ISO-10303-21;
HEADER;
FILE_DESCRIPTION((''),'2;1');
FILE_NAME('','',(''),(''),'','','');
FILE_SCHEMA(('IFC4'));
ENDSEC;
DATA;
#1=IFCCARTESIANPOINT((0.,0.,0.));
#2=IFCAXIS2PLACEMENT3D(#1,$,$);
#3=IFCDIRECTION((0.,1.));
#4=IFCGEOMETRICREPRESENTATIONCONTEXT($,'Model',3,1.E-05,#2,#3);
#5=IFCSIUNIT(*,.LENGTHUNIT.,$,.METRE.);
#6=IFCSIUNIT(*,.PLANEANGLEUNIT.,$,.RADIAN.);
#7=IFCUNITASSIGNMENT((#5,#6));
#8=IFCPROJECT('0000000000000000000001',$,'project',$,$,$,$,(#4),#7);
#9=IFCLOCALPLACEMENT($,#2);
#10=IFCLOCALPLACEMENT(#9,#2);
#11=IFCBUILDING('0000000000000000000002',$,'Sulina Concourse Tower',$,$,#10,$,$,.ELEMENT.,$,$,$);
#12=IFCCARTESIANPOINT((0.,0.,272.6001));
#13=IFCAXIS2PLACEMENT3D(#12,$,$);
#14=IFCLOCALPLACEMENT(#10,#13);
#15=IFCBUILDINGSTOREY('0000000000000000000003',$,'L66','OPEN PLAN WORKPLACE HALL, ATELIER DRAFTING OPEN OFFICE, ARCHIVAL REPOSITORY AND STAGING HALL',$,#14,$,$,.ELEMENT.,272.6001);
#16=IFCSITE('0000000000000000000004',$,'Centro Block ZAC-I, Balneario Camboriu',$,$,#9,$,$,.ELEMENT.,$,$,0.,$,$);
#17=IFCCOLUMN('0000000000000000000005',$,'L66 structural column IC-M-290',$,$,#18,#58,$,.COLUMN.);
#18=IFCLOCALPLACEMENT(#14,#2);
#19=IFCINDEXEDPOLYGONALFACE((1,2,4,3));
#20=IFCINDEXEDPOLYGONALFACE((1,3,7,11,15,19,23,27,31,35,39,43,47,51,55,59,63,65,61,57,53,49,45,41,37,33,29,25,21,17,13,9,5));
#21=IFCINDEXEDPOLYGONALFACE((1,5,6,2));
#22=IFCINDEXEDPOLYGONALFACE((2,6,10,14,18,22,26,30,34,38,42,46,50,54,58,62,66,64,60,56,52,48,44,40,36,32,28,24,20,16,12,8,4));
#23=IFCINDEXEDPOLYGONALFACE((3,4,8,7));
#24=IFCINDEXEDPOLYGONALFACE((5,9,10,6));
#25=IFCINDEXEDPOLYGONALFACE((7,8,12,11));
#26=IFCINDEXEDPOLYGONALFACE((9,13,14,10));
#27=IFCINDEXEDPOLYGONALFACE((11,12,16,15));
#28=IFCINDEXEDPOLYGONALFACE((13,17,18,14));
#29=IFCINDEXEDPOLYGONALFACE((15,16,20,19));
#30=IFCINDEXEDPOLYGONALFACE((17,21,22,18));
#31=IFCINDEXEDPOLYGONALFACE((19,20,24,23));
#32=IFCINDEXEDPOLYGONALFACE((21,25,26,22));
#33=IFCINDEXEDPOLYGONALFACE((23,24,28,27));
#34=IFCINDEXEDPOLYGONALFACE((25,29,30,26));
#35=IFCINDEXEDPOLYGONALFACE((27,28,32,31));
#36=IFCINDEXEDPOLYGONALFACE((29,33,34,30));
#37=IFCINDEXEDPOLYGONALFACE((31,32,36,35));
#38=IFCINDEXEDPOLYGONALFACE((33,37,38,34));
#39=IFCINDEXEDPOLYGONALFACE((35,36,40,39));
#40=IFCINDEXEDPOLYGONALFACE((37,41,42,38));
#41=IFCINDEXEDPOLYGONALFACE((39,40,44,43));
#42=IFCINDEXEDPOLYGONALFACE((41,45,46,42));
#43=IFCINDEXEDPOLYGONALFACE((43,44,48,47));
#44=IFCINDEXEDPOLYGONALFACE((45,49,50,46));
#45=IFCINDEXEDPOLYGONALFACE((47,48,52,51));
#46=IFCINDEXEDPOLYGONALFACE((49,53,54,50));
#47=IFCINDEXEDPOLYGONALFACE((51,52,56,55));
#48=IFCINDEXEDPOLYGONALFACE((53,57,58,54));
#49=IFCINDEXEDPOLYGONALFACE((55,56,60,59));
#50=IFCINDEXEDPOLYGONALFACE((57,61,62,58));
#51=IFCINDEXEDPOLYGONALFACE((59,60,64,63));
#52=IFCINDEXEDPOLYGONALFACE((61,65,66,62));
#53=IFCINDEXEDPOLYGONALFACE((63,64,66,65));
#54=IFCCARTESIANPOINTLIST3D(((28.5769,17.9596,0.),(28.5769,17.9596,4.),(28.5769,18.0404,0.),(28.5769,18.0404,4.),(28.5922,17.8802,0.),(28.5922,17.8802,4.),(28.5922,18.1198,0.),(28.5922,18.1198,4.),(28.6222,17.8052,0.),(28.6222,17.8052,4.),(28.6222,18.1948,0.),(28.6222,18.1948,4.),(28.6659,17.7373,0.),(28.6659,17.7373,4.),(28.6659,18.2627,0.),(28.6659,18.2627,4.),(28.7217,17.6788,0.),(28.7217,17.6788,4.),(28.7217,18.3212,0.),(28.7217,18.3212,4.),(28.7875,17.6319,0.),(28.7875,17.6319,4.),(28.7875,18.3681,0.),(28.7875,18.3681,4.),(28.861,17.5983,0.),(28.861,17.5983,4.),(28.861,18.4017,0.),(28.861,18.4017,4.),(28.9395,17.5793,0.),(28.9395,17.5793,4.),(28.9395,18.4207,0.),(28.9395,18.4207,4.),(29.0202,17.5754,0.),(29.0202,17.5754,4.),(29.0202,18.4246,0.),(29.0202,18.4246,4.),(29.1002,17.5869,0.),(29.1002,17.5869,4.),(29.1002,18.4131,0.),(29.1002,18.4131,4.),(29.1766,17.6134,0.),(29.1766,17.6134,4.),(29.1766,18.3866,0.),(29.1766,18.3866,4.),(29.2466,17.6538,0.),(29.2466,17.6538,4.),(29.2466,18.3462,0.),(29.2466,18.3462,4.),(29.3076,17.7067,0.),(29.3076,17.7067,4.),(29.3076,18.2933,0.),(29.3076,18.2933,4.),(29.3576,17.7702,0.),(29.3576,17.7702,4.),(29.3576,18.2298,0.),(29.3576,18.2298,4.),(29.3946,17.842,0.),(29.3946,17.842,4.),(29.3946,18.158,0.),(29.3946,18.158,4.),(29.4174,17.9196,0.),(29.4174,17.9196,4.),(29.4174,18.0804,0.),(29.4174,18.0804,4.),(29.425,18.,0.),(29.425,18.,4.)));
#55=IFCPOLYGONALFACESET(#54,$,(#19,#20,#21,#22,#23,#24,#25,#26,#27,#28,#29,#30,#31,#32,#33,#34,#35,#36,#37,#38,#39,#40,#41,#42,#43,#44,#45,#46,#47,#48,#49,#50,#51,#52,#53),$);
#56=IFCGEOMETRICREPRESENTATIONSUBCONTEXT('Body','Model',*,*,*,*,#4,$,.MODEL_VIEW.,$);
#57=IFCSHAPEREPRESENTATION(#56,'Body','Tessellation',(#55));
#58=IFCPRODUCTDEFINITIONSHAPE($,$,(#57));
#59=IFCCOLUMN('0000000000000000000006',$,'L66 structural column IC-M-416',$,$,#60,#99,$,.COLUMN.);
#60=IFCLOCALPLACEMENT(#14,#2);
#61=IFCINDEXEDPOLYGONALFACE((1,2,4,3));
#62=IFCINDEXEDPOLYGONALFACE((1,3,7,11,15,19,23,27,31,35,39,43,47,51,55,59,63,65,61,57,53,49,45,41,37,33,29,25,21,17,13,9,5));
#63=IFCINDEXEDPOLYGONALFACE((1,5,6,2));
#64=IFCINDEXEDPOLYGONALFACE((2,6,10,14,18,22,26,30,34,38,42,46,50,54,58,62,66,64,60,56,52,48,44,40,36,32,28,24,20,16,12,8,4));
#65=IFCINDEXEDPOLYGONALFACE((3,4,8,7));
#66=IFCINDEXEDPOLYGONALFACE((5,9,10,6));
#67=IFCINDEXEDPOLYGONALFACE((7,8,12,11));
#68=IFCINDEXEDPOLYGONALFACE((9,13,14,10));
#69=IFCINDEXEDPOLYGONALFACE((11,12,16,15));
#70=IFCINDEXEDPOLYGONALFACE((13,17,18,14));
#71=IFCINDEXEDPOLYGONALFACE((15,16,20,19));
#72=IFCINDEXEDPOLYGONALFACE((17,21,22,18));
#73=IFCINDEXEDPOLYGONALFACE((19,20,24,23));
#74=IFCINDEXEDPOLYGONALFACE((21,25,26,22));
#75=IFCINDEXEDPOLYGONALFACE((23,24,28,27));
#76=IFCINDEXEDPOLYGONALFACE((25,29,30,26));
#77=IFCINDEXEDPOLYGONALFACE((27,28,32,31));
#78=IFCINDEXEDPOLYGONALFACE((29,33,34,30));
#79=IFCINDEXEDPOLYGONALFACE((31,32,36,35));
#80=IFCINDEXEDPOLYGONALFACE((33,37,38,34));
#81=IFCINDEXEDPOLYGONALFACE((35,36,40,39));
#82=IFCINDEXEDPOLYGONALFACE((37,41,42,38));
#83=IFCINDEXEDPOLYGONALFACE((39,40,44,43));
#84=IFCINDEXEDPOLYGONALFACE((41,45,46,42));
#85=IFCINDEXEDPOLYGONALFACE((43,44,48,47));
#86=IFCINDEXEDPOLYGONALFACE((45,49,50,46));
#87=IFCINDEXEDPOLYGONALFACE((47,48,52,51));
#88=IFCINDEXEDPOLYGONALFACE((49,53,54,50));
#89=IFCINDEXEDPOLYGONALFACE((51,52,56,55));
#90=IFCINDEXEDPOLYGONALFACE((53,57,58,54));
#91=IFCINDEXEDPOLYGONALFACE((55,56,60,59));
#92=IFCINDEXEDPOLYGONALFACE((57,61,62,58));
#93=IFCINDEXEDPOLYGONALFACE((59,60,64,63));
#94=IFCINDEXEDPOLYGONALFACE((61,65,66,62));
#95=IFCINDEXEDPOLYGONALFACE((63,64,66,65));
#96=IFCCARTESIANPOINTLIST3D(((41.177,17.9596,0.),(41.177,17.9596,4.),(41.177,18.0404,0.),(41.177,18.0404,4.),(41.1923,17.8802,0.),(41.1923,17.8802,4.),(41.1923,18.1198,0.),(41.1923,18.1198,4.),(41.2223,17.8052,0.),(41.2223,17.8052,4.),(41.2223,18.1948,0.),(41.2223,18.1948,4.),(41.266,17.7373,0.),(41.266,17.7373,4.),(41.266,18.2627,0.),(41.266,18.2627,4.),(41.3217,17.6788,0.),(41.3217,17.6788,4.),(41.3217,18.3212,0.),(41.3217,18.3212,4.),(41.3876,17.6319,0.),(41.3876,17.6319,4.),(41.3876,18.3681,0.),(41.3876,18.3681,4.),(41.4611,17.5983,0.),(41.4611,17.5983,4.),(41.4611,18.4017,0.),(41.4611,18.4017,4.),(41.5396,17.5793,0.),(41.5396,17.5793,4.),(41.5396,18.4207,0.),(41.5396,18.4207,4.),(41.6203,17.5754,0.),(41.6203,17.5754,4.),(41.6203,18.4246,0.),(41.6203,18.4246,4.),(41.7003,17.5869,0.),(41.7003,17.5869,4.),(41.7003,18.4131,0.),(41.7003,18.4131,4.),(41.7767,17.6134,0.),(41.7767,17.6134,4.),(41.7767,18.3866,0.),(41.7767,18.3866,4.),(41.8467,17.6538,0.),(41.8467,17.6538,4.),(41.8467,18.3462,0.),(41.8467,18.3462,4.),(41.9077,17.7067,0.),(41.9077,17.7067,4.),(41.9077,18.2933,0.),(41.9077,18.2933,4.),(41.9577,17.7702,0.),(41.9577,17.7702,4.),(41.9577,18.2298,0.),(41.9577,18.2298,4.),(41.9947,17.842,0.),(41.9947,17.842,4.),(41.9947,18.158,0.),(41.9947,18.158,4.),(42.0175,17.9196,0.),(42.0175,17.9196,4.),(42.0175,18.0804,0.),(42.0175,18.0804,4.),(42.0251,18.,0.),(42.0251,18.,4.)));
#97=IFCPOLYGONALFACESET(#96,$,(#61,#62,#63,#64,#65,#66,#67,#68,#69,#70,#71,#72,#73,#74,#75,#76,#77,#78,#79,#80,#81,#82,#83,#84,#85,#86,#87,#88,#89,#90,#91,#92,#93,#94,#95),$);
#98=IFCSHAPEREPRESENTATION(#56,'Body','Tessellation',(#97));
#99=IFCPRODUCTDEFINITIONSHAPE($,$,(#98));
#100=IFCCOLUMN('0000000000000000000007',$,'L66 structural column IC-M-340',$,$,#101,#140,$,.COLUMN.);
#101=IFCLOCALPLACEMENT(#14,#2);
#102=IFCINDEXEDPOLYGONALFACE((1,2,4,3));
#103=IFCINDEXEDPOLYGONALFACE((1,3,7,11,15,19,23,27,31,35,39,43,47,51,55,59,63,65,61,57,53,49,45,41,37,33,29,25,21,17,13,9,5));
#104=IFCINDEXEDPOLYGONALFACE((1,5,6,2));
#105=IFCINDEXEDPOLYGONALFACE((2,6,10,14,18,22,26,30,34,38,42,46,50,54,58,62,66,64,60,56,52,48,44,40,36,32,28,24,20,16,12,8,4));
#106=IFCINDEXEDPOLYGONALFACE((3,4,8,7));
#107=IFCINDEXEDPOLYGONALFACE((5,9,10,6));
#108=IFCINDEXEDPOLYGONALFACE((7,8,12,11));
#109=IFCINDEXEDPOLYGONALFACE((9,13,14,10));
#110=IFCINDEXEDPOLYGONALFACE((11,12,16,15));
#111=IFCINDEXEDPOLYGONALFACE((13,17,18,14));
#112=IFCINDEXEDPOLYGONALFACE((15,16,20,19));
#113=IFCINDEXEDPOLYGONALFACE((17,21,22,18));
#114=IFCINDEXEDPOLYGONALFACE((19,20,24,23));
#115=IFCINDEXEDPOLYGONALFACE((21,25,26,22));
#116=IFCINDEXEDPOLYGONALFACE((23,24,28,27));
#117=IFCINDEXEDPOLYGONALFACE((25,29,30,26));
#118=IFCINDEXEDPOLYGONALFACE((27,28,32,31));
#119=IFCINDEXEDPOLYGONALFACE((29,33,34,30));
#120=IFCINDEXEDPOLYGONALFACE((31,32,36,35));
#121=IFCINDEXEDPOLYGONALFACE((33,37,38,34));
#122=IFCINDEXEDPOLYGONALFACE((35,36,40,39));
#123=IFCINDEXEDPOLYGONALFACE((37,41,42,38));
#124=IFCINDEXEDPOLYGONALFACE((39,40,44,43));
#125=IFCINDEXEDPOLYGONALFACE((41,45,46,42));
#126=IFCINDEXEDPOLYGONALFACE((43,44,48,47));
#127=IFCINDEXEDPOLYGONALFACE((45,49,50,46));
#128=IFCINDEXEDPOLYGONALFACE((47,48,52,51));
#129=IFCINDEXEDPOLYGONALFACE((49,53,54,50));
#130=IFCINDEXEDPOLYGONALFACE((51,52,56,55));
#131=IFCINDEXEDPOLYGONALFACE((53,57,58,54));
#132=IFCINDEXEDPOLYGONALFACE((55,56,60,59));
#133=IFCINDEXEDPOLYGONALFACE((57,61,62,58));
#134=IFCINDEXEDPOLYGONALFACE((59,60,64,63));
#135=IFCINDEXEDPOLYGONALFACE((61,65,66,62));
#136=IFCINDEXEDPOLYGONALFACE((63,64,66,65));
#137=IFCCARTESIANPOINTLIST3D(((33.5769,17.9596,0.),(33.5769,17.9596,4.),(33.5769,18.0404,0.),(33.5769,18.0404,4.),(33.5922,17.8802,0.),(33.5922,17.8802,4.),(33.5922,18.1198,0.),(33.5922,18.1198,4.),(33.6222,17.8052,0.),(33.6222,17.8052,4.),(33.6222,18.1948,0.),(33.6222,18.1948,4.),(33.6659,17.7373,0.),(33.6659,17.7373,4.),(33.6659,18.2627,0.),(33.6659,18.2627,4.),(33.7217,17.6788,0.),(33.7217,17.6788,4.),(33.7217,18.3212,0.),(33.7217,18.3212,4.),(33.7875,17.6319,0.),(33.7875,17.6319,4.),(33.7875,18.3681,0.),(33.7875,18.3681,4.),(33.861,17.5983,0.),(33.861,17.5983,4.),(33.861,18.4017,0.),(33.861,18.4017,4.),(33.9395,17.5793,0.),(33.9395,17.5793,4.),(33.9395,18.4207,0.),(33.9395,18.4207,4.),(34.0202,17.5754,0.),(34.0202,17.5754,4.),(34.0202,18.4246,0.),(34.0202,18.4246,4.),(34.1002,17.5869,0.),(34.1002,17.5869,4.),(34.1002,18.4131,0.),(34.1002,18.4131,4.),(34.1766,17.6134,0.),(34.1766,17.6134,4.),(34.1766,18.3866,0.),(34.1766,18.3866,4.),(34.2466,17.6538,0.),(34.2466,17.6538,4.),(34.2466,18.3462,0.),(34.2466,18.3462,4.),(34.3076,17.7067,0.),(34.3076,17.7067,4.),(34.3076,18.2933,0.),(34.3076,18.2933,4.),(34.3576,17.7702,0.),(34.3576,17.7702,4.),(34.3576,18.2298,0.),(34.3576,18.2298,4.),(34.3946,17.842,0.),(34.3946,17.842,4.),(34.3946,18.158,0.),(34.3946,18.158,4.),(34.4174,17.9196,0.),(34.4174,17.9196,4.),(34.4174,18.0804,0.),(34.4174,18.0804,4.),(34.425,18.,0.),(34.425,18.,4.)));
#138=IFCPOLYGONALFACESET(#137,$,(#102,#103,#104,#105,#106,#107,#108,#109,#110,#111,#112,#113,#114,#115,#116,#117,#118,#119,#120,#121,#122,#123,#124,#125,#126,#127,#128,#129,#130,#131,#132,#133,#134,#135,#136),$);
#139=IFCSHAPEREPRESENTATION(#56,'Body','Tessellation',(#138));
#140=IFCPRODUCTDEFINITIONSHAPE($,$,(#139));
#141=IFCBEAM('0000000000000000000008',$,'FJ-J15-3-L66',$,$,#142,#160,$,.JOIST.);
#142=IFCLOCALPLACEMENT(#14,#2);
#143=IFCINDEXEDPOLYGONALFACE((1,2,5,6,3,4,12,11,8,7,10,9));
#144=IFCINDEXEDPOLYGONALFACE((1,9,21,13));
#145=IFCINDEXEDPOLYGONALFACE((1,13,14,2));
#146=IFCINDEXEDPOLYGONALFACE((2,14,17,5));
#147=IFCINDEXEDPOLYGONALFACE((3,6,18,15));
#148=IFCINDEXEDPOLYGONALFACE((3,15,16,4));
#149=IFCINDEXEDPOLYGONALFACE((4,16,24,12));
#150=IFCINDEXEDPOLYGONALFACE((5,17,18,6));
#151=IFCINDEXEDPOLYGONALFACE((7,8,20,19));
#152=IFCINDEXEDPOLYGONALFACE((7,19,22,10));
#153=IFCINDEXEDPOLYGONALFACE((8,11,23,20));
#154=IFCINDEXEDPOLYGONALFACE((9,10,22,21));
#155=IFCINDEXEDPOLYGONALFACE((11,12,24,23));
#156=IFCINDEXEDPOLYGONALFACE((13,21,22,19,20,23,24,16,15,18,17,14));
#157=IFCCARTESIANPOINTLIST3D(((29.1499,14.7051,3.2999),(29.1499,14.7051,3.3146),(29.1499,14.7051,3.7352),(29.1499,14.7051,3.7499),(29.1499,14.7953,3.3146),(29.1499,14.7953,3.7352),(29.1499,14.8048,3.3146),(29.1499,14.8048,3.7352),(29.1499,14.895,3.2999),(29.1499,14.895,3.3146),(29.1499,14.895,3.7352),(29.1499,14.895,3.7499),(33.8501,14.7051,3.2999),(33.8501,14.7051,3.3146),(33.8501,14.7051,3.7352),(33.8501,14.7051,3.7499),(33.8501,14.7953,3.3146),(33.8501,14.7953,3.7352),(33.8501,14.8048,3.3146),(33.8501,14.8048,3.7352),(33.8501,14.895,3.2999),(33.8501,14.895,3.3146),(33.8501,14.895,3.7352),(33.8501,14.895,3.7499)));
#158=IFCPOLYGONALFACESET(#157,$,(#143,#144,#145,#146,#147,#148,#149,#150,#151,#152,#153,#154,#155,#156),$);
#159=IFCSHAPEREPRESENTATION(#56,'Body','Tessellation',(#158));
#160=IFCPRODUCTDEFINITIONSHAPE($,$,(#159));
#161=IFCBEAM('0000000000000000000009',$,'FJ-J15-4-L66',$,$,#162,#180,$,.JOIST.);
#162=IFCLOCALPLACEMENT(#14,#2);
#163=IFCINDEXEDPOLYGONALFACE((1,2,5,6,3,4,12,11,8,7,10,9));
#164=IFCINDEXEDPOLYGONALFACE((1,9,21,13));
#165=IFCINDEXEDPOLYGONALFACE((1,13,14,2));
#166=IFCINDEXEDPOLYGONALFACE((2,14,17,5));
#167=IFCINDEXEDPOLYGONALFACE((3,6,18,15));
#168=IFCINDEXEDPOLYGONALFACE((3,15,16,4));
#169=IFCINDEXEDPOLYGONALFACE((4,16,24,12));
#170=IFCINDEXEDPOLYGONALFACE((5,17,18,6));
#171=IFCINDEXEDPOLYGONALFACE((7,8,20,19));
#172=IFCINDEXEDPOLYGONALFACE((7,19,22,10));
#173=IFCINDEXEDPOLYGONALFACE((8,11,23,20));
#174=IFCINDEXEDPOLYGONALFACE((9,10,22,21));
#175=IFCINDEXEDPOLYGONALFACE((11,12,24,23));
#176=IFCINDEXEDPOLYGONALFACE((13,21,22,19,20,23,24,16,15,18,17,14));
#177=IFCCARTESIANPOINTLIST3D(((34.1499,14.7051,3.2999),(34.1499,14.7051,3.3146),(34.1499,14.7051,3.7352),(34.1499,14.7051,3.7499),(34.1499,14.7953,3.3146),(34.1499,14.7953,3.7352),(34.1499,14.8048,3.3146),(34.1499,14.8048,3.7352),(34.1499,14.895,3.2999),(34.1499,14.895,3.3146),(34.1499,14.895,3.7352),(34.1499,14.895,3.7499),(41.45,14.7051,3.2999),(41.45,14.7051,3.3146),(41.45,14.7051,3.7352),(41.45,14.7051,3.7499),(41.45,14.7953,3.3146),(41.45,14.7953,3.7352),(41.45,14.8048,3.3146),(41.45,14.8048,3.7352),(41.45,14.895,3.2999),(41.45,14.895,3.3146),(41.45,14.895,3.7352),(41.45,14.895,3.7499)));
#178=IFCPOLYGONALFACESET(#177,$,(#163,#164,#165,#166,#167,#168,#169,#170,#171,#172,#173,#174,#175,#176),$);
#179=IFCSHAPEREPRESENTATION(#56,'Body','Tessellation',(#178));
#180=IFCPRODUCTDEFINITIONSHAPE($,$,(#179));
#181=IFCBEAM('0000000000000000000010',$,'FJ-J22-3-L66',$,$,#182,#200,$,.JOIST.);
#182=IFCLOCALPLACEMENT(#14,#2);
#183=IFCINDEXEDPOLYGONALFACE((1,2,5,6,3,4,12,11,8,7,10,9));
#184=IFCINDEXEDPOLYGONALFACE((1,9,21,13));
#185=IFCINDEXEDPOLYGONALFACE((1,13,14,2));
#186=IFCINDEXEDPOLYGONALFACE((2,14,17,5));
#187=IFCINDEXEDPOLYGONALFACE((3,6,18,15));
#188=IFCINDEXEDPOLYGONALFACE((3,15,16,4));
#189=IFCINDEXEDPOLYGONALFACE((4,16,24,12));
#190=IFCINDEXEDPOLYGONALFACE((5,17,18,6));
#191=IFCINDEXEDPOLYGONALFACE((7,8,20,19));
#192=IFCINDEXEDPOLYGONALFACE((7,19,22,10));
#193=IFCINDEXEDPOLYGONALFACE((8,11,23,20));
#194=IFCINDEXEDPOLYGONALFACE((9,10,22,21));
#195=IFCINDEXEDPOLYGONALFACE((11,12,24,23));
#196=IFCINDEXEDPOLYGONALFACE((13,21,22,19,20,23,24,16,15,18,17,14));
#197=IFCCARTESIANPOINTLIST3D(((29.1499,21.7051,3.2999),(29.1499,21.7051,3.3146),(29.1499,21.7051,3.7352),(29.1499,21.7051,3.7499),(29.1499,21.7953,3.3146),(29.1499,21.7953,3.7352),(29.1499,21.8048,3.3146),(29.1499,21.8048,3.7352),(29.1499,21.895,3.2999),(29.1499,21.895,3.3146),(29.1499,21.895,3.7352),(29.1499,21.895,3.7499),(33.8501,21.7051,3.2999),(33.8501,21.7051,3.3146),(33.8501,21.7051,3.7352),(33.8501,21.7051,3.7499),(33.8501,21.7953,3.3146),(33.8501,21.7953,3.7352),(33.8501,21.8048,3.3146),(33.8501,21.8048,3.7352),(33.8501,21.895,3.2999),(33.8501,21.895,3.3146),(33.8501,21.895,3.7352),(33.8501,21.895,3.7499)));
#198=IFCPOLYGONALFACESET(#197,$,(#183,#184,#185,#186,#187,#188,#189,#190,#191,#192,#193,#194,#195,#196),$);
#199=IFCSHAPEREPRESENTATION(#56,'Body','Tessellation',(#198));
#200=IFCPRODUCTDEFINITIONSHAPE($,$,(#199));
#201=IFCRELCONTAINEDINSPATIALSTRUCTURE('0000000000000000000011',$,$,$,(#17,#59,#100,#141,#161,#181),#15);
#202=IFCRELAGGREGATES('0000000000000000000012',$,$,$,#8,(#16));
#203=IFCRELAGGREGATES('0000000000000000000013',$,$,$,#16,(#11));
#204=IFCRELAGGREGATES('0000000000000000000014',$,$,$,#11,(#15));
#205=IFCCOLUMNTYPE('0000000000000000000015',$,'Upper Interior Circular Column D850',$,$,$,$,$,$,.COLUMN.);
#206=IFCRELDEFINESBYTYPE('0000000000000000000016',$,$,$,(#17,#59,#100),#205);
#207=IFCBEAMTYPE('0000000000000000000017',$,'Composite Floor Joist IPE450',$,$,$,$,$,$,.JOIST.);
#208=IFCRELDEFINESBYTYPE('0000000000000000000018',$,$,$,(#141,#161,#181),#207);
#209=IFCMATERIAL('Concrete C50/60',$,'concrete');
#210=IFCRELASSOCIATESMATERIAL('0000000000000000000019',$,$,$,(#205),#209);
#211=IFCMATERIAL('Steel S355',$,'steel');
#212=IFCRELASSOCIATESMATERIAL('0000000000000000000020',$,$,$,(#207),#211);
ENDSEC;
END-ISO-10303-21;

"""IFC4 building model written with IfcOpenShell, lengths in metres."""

from ifc_helpers import new_model, si_unit, direction, frame, origin, origin_2d, place, context, subcontext, project, spatial, circle, i_section, extrude, material, material_profile, profile_set, type_object, element, save


model = new_model("IFC4")

# Units and contexts
model_context = context("Model", 3, precision=1e-05, world=origin(), true_north=direction((0.0, 1.0)))
body_context = subcontext(model_context, "Body", "Model", "MODEL_VIEW")
ifc_project = project(units=[si_unit("LENGTHUNIT", "METRE"), si_unit("PLANEANGLEUNIT", "RADIAN")], contexts=[model_context])

# Site, building, storey
site_placement = place(None, origin())
site = spatial("IfcSite", under=ifc_project, at=site_placement, Name="Centro Block ZAC-I, Balneario Camboriu", CompositionType="ELEMENT", RefElevation=0.0)
building_placement = place(site_placement, origin())
building = spatial("IfcBuilding", under=site, at=building_placement, Name="Sulina Concourse Tower", CompositionType="ELEMENT")
storey_placement = place(building_placement, frame((0.0, 0.0, 272.6001)))
storey = spatial("IfcBuildingStorey", under=building, at=storey_placement, Name="L66", Description="OPEN PLAN WORKPLACE HALL, ATELIER DRAFTING OPEN OFFICE, ARCHIVAL REPOSITORY AND STAGING HALL", CompositionType="ELEMENT", Elevation=272.6001)

# Columns
ifc_material_1 = material(Name="Concrete C50/60", Category="concrete")
ifc_material_profile_1 = material_profile(ifc_material_1, circle(Radius=0.425, at=origin_2d()), Name="RC D850")
ifc_profile_set_1 = profile_set([ifc_material_profile_1], Name="Concrete C50/60")
column_type = type_object("IfcColumnType", Name="Upper Interior Circular Column D850", PredefinedType="COLUMN", material=ifc_profile_set_1)
for number, where, z_axis, x_axis, name in (
    (1, (29.0, 18.0, 0.0), (0.0, 0.0, 1.0), (1.0, 0.0, 0.0), "L66 structural column IC-M-290"),
    (2, (41.6001, 18.0, 0.0), (0.0, 0.0, 1.0), (1.0, 0.0, 0.0), "L66 structural column IC-M-416"),
    (3, (34.0, 18.0, 0.0), (0.0, 0.0, 1.0), (1.0, 0.0, 0.0), "L66 structural column IC-M-340"),
):
    element("IfcColumn", number, at=place(storey_placement, frame(where, z_axis=z_axis, x_axis=x_axis)), inside=storey, type_object=column_type, Name=name, PredefinedType="COLUMN", context=body_context, shape_type="SweptSolid", body=[
        extrude(circle(Radius=0.425, at=origin_2d()), origin(), (0.0, 0.0, 1.0), 4.0),
    ])

# Beams
ifc_material_2 = material(Name="Steel S355", Category="steel")
ifc_material_profile_2 = material_profile(ifc_material_2, i_section(OverallWidth=0.1899, OverallDepth=0.45, WebThickness=0.0095, FlangeThickness=0.0146, at=origin_2d()), Name="IPE 450")
ifc_profile_set_2 = profile_set([ifc_material_profile_2], Name="Steel S355")
beam_type_1 = type_object("IfcBeamType", Name="Composite Floor Joist IPE450", PredefinedType="JOIST", material=ifc_profile_set_2)
beam_1_placement = place(storey_placement, frame((29.1499, 14.8, 3.5249), z_axis=(1.0, 0.0, 0.0), x_axis=(0.0, 1.0, 0.0)))
element("IfcBeam", 4, at=beam_1_placement, inside=storey, type_object=beam_type_1, Name="FJ-J15-3-L66", PredefinedType="JOIST", context=body_context, shape_type="SweptSolid", body=[
    extrude(i_section(OverallWidth=0.1899, OverallDepth=0.45, WebThickness=0.0095, FlangeThickness=0.0146, at=origin_2d()), origin(), (0.0, 0.0, 1.0), 4.7002),
])
beam_2_placement = place(storey_placement, frame((34.1499, 14.8, 3.5249), z_axis=(1.0, 0.0, 0.0), x_axis=(0.0, 1.0, 0.0)))
element("IfcBeam", 5, at=beam_2_placement, inside=storey, type_object=beam_type_1, Name="FJ-J15-4-L66", PredefinedType="JOIST", context=body_context, shape_type="SweptSolid", body=[
    extrude(i_section(OverallWidth=0.1899, OverallDepth=0.45, WebThickness=0.0095, FlangeThickness=0.0146, at=origin_2d()), origin(), (0.0, 0.0, 1.0), 7.3),
])
beam_3_placement = place(storey_placement, frame((29.1499, 21.8, 3.5249), z_axis=(1.0, 0.0, 0.0), x_axis=(0.0, 1.0, 0.0)))
element("IfcBeam", 6, at=beam_3_placement, inside=storey, type_object=beam_type_1, Name="FJ-J22-3-L66", PredefinedType="JOIST", context=body_context, shape_type="SweptSolid", body=[
    extrude(i_section(OverallWidth=0.1899, OverallDepth=0.45, WebThickness=0.0095, FlangeThickness=0.0146, at=origin_2d()), origin(), (0.0, 0.0, 1.0), 4.7002),
])

save(model, "model.ifc")
